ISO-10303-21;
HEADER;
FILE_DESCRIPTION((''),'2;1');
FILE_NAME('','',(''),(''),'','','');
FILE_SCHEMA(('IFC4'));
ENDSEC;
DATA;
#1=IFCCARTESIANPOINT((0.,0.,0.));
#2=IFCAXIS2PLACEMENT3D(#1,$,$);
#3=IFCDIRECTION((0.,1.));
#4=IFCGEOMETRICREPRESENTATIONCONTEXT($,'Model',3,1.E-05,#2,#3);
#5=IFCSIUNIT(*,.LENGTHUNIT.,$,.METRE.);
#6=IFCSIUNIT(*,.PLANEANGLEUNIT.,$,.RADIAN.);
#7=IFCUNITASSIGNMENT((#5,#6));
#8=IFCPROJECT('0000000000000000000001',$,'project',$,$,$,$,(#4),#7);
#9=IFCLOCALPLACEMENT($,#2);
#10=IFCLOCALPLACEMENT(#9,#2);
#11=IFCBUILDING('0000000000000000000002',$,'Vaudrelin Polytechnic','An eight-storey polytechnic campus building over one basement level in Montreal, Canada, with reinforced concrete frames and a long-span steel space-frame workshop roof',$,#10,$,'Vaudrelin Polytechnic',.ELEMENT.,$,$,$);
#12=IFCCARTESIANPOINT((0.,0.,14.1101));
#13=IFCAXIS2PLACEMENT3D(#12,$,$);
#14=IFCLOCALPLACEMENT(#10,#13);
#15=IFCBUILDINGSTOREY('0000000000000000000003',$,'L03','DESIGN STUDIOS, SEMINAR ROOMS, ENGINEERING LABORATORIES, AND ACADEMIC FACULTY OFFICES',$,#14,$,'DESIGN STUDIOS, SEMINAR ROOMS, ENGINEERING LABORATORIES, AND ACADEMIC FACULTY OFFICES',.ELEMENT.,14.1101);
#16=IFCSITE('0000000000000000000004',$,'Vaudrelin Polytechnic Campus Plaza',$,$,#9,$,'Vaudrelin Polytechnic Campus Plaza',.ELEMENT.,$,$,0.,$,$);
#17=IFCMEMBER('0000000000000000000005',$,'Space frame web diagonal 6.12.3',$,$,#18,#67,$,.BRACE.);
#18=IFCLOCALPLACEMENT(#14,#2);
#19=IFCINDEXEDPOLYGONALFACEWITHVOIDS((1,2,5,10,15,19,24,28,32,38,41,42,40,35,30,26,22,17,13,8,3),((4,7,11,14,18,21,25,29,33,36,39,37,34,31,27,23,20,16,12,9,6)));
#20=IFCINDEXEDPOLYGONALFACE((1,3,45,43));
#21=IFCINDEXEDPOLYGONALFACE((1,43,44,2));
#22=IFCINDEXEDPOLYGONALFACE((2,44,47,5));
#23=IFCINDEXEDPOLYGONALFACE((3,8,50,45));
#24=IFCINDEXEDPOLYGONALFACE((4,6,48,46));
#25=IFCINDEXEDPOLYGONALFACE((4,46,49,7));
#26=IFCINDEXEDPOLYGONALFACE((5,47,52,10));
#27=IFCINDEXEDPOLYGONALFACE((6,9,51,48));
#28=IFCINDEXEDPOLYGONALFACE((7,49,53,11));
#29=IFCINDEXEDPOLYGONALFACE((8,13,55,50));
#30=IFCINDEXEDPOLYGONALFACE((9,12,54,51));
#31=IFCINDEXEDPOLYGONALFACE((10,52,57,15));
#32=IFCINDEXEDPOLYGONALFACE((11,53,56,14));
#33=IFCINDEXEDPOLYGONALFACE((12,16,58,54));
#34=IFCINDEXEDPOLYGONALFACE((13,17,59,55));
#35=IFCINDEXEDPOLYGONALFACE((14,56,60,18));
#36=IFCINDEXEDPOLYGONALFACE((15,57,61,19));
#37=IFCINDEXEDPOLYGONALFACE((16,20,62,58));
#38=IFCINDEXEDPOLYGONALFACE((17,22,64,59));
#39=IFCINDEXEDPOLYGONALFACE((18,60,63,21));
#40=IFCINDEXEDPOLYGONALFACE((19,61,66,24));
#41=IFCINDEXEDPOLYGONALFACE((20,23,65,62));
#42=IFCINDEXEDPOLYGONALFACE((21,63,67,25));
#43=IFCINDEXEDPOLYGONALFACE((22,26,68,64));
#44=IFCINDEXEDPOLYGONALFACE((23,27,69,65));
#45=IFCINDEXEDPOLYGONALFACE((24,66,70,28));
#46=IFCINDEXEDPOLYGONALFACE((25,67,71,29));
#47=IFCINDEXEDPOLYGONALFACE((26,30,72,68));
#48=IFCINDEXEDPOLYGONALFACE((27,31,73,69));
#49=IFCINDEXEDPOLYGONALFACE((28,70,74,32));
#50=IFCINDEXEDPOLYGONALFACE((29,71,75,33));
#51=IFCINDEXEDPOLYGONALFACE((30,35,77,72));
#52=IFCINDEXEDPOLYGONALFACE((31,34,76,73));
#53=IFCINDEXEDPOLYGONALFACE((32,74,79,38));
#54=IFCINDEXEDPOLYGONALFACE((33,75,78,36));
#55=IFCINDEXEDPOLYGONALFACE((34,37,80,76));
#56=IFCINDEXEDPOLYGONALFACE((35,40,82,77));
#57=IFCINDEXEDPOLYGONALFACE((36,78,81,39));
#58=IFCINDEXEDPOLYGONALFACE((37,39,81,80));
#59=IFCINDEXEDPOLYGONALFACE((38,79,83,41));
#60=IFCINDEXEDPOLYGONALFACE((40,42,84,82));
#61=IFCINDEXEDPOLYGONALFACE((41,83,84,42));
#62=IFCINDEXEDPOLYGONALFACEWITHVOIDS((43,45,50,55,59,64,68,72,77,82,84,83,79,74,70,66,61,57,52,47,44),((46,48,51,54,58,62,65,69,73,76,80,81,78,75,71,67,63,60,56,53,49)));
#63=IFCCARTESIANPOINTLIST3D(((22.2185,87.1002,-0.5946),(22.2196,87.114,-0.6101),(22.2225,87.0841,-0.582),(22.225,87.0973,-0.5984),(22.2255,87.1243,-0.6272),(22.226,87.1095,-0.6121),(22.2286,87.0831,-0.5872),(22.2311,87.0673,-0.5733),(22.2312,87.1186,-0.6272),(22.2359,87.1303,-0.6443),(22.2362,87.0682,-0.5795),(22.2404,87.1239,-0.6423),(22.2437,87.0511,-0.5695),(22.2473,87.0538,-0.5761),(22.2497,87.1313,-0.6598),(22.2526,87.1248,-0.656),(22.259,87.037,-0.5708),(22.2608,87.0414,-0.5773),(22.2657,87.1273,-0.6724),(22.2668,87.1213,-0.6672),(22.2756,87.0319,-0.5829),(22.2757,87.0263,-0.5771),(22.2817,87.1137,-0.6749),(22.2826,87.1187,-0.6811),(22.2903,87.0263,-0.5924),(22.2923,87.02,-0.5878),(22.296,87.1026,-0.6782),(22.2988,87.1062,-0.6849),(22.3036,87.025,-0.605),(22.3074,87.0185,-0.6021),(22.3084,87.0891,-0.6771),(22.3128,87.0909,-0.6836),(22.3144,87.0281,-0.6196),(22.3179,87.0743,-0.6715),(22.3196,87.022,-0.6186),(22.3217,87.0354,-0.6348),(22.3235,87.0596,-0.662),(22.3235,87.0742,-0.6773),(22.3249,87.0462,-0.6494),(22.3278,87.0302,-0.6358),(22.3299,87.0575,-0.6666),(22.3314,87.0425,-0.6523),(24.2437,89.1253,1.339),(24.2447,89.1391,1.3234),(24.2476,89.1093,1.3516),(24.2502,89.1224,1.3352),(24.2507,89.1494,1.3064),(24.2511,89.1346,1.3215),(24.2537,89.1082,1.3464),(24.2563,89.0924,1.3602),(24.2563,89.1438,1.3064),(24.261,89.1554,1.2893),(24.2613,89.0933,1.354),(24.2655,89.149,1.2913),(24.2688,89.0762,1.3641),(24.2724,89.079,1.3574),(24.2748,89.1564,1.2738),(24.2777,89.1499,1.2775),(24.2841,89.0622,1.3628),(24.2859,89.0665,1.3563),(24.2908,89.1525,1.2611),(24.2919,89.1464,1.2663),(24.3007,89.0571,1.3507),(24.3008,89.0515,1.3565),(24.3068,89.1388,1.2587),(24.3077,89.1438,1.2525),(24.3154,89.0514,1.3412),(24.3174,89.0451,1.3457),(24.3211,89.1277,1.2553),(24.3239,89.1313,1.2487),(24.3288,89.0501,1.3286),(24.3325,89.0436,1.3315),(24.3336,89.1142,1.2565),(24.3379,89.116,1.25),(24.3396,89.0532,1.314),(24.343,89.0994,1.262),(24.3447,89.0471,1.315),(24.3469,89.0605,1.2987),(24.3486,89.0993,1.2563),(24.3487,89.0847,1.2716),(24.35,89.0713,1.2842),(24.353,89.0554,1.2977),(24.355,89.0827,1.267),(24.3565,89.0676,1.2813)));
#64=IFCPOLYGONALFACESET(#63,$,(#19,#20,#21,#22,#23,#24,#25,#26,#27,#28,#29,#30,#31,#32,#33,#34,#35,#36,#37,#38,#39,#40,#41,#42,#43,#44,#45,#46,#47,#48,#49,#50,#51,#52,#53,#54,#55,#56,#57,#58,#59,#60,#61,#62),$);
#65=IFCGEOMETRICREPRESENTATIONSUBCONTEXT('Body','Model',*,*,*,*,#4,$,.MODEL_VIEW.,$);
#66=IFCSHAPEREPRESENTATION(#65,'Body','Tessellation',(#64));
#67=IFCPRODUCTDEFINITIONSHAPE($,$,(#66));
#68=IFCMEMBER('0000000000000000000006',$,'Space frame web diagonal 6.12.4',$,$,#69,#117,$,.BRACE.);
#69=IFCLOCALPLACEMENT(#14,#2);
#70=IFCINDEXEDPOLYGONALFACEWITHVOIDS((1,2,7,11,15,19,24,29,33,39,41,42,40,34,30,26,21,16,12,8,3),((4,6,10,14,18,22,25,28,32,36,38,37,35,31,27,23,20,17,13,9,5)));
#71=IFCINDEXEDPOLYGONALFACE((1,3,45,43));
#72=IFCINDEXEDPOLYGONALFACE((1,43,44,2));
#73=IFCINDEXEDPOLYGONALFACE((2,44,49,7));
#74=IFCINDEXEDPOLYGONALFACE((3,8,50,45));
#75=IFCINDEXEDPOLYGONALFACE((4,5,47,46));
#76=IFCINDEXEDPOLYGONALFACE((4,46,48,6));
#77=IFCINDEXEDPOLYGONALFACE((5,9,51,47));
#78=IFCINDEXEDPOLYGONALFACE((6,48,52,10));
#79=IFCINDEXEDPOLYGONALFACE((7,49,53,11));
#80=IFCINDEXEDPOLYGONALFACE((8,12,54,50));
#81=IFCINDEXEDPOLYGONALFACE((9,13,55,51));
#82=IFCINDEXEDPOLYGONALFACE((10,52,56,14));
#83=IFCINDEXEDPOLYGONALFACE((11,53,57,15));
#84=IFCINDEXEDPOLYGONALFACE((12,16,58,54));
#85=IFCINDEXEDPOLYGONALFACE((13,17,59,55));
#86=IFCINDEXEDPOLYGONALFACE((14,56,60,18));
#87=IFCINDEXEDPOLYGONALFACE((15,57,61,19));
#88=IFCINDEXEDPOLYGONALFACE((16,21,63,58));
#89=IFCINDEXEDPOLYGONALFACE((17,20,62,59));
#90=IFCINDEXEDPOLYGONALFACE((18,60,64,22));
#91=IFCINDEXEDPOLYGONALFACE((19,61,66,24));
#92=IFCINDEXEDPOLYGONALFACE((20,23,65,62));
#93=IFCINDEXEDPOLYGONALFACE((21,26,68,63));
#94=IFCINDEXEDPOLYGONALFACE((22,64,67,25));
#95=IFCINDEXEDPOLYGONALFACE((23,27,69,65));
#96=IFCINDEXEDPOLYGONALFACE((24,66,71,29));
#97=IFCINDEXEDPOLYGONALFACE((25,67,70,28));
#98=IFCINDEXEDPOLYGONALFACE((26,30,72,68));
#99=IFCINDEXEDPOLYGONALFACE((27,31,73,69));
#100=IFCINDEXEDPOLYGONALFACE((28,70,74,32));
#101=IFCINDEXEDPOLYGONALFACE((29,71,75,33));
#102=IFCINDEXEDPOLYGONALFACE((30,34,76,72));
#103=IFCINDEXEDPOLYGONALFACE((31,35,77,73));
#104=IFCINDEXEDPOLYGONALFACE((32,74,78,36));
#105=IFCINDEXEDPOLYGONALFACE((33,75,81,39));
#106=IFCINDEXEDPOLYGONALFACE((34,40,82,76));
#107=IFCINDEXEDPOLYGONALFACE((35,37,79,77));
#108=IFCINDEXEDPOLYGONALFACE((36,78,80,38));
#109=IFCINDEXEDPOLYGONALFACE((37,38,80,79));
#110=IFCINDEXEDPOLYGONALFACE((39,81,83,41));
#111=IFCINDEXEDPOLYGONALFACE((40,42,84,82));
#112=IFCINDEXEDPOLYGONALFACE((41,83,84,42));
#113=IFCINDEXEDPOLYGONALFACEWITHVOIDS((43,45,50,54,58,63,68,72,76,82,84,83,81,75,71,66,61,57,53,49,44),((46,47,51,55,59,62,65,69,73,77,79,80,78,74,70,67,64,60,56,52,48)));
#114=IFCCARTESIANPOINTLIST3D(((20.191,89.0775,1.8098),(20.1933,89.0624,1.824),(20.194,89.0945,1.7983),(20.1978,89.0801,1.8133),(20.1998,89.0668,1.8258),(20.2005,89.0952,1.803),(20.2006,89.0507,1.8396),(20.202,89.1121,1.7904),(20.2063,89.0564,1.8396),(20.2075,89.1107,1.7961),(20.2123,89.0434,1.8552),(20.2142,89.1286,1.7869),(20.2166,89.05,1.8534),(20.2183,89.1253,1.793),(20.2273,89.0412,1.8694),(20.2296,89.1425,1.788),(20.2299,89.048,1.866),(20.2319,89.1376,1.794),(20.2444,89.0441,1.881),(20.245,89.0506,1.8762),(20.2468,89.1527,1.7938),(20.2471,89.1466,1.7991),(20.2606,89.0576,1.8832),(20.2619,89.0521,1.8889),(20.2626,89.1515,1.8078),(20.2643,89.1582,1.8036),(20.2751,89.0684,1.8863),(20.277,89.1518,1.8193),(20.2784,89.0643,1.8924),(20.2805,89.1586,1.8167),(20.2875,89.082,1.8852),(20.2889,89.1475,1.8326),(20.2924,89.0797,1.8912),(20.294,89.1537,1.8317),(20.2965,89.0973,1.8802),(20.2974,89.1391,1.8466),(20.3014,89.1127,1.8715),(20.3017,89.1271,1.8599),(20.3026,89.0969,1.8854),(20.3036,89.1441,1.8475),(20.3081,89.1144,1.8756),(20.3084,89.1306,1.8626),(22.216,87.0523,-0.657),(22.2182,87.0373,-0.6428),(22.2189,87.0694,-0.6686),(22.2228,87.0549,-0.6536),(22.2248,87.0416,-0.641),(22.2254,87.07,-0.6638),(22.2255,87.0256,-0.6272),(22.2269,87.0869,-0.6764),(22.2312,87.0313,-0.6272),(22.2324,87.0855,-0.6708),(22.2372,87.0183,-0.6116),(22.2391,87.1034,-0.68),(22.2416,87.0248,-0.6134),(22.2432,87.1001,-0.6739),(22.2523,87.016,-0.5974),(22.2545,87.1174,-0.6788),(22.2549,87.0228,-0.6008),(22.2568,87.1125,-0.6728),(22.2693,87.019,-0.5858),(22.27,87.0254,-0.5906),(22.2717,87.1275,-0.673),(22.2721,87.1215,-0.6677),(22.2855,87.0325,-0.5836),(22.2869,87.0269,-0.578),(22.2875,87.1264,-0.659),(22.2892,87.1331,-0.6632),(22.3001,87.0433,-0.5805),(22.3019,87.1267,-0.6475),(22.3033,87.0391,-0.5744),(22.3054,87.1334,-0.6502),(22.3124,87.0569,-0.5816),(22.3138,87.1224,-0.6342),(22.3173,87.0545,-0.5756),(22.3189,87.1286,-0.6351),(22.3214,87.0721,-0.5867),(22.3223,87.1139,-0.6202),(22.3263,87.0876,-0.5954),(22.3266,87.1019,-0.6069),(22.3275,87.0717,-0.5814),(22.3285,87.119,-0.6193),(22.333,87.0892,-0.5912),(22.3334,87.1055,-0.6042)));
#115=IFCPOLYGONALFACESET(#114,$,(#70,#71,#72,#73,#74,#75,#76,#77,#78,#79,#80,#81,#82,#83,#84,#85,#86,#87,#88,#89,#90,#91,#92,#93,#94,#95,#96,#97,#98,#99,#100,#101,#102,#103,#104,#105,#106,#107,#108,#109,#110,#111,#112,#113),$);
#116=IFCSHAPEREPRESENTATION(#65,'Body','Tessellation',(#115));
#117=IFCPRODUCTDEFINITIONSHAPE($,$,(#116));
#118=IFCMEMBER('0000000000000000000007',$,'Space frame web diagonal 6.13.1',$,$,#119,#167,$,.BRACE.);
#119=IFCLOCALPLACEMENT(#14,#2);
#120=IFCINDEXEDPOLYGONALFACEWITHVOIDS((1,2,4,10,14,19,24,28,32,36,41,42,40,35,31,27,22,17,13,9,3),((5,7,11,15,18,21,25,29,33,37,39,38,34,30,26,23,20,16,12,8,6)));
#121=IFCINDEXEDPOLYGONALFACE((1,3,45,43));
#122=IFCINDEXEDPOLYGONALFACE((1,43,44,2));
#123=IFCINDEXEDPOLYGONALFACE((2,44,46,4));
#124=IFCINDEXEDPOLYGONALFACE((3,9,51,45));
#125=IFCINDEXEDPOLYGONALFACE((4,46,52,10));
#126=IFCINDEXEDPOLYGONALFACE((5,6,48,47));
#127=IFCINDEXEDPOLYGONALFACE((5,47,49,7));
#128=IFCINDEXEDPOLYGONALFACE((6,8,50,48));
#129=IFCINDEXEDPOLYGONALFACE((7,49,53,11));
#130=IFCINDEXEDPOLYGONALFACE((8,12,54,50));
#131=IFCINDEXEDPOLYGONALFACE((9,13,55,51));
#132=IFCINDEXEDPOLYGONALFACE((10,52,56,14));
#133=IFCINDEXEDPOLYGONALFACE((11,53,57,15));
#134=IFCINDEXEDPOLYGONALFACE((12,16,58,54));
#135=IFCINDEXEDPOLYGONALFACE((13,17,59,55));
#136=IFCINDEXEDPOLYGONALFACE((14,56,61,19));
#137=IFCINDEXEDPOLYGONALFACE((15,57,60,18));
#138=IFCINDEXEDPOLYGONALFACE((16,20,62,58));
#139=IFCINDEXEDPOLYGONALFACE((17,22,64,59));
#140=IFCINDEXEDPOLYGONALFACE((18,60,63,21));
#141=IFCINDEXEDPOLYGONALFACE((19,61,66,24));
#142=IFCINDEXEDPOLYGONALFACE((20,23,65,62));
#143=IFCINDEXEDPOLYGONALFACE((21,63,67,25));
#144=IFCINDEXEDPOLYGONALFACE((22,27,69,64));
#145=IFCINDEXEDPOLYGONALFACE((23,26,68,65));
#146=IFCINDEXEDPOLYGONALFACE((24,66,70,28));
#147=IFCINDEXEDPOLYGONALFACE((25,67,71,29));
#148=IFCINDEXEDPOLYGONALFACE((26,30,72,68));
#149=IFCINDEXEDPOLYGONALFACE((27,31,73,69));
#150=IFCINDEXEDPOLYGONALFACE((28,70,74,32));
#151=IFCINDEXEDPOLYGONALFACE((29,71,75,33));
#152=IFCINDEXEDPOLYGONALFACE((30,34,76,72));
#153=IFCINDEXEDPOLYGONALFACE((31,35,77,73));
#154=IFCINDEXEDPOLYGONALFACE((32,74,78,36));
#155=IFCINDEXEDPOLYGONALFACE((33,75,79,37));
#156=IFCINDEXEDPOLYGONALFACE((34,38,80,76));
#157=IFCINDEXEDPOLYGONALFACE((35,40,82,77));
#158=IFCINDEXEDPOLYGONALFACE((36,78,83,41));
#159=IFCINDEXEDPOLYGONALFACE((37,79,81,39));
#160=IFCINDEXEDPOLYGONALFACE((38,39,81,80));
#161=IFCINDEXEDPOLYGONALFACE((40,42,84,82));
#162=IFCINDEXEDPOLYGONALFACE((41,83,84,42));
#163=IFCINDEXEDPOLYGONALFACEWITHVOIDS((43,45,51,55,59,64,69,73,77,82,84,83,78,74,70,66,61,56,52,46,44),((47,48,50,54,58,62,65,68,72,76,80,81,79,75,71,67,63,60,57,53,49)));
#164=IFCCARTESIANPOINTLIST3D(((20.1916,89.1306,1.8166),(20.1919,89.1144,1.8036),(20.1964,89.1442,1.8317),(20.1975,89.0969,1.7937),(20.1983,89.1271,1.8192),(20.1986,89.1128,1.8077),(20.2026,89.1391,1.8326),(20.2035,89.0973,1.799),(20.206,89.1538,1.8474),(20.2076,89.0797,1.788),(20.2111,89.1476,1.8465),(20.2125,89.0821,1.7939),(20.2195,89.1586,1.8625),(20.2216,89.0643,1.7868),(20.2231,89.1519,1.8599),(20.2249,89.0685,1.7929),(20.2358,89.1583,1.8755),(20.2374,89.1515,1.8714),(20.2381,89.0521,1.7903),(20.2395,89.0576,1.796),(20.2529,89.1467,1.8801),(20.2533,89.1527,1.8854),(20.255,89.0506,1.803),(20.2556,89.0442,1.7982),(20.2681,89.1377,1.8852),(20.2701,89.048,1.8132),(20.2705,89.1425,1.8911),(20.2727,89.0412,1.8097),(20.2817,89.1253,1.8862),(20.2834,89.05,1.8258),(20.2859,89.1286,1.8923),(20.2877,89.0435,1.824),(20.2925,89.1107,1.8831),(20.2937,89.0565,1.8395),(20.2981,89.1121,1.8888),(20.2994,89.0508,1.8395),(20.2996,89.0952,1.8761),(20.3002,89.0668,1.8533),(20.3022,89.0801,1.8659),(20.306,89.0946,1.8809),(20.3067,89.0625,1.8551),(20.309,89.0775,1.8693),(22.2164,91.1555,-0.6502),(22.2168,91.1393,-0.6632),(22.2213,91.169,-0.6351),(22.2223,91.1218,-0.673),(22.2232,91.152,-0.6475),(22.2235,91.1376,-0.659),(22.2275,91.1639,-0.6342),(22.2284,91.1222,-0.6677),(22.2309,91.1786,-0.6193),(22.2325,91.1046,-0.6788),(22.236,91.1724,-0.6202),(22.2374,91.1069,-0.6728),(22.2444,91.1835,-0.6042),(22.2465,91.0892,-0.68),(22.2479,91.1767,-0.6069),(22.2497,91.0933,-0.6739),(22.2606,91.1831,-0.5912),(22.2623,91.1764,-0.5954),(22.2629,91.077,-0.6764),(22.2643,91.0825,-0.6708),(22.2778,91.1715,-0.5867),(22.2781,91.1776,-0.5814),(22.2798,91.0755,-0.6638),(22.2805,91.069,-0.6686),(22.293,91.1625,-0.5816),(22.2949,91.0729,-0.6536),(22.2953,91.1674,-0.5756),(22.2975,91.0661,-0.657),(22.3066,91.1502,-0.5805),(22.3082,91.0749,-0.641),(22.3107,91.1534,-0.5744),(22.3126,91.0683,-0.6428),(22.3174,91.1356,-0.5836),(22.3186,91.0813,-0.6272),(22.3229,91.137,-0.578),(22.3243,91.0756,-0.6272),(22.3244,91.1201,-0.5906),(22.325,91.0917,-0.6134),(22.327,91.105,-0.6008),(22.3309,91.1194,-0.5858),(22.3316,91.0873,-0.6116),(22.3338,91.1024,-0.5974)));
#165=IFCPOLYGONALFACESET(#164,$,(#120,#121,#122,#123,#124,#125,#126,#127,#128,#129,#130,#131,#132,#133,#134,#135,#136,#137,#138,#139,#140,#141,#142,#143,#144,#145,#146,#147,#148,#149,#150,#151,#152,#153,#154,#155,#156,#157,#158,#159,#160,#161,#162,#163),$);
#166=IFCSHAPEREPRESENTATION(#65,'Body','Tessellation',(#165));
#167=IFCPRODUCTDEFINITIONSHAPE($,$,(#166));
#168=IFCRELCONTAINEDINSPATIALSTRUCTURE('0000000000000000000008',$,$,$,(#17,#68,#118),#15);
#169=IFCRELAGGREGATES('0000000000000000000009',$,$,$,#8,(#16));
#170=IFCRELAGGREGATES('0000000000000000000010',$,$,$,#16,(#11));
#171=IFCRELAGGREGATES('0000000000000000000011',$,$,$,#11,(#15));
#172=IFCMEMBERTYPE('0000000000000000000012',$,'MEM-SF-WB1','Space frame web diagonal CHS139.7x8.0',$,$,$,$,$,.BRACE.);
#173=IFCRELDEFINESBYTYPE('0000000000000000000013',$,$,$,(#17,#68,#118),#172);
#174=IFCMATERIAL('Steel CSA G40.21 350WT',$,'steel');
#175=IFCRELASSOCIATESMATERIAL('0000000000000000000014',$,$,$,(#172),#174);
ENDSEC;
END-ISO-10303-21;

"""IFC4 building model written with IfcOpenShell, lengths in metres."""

from ifc_helpers import new_model, si_unit, direction, frame, origin, origin_2d, place, context, subcontext, project, spatial, hollow_circle, extrude, material, material_profile, profile_set, type_object, element, save


model = new_model("IFC4")

# Units and contexts
model_context = context("Model", 3, precision=1e-05, world=origin(), true_north=direction((0.0, 1.0)))
body_context = subcontext(model_context, "Body", "Model", "MODEL_VIEW")
ifc_project = project(units=[si_unit("LENGTHUNIT", "METRE"), si_unit("PLANEANGLEUNIT", "RADIAN")], contexts=[model_context])

# Site, building, storey
site_placement = place(None, origin())
site = spatial("IfcSite", under=ifc_project, at=site_placement, Name="Vaudrelin Polytechnic Campus Plaza", LongName="Vaudrelin Polytechnic Campus Plaza", CompositionType="ELEMENT", RefElevation=0.0)
building_placement = place(site_placement, origin())
building = spatial("IfcBuilding", under=site, at=building_placement, Name="Vaudrelin Polytechnic", Description="An eight-storey polytechnic campus building over one basement level in Montreal, Canada, with reinforced concrete frames and a long-span steel space-frame workshop roof", LongName="Vaudrelin Polytechnic", CompositionType="ELEMENT")
storey_placement = place(building_placement, frame((0.0, 0.0, 14.1101)))
storey = spatial("IfcBuildingStorey", under=building, at=storey_placement, Name="L03", Description="DESIGN STUDIOS, SEMINAR ROOMS, ENGINEERING LABORATORIES, AND ACADEMIC FACULTY OFFICES", LongName="DESIGN STUDIOS, SEMINAR ROOMS, ENGINEERING LABORATORIES, AND ACADEMIC FACULTY OFFICES", CompositionType="ELEMENT", Elevation=14.1101)

# Shared definitions
ifc_material_1 = material(Name="Steel CSA G40.21 350WT", Category="steel")

# Members
ifc_material_profile_1 = material_profile(ifc_material_1, hollow_circle(Radius=0.0698, WallThickness=0.0081, at=origin_2d()), Name="CHS139.7x8.0")
ifc_profile_set_1 = profile_set([ifc_material_profile_1], Name="Steel CSA G40.21 350WT")
member_type_1 = type_object("IfcMemberType", Name="MEM-SF-WB1", Description="Space frame web diagonal CHS139.7x8.0", PredefinedType="BRACE", material=ifc_profile_set_1)
for number, where, z_axis, x_axis, name in (
    (1, (22.2749, 87.075, -0.6272), (0.586046, 0.586046, 0.559553), (-0.707107, 0.707107, 0.0), "Space frame web diagonal 6.12.3"),
):
    element("IfcMember", number, at=place(storey_placement, frame(where, z_axis=z_axis, x_axis=x_axis)), inside=storey, type_object=member_type_1, Name=name, PredefinedType="BRACE", context=body_context, shape_type="SweptSolid", body=[
        extrude(hollow_circle(Radius=0.0698, WallThickness=0.0081, at=origin_2d()), origin(), (0.0, 0.0, 1.0), 3.4556),
    ])
member_1_placement = place(storey_placement, frame((22.2749, 87.075, -0.6272), z_axis=(-0.535723, 0.535788, 0.652634), x_axis=(-0.707149, -0.707064, 0.0)))
element("IfcMember", 2, at=member_1_placement, inside=storey, type_object=member_type_1, Name="Space frame web diagonal 6.12.4", PredefinedType="BRACE", context=body_context, shape_type="SweptSolid", body=[
    extrude(hollow_circle(Radius=0.0698, WallThickness=0.0081, at=origin_2d()), origin(), (0.0, 0.0, 1.0), 3.7798),
])
member_2_placement = place(storey_placement, frame((22.2749, 91.125, -0.6272), z_axis=(-0.535742, -0.535742, 0.652657), x_axis=(0.707107, -0.707107, 0.0)))
element("IfcMember", 3, at=member_2_placement, inside=storey, type_object=member_type_1, Name="Space frame web diagonal 6.13.1", PredefinedType="BRACE", context=body_context, shape_type="SweptSolid", body=[
    extrude(hollow_circle(Radius=0.0698, WallThickness=0.0081, at=origin_2d()), origin(), (0.0, 0.0, 1.0), 3.7795),
])

save(model, "model.ifc")
